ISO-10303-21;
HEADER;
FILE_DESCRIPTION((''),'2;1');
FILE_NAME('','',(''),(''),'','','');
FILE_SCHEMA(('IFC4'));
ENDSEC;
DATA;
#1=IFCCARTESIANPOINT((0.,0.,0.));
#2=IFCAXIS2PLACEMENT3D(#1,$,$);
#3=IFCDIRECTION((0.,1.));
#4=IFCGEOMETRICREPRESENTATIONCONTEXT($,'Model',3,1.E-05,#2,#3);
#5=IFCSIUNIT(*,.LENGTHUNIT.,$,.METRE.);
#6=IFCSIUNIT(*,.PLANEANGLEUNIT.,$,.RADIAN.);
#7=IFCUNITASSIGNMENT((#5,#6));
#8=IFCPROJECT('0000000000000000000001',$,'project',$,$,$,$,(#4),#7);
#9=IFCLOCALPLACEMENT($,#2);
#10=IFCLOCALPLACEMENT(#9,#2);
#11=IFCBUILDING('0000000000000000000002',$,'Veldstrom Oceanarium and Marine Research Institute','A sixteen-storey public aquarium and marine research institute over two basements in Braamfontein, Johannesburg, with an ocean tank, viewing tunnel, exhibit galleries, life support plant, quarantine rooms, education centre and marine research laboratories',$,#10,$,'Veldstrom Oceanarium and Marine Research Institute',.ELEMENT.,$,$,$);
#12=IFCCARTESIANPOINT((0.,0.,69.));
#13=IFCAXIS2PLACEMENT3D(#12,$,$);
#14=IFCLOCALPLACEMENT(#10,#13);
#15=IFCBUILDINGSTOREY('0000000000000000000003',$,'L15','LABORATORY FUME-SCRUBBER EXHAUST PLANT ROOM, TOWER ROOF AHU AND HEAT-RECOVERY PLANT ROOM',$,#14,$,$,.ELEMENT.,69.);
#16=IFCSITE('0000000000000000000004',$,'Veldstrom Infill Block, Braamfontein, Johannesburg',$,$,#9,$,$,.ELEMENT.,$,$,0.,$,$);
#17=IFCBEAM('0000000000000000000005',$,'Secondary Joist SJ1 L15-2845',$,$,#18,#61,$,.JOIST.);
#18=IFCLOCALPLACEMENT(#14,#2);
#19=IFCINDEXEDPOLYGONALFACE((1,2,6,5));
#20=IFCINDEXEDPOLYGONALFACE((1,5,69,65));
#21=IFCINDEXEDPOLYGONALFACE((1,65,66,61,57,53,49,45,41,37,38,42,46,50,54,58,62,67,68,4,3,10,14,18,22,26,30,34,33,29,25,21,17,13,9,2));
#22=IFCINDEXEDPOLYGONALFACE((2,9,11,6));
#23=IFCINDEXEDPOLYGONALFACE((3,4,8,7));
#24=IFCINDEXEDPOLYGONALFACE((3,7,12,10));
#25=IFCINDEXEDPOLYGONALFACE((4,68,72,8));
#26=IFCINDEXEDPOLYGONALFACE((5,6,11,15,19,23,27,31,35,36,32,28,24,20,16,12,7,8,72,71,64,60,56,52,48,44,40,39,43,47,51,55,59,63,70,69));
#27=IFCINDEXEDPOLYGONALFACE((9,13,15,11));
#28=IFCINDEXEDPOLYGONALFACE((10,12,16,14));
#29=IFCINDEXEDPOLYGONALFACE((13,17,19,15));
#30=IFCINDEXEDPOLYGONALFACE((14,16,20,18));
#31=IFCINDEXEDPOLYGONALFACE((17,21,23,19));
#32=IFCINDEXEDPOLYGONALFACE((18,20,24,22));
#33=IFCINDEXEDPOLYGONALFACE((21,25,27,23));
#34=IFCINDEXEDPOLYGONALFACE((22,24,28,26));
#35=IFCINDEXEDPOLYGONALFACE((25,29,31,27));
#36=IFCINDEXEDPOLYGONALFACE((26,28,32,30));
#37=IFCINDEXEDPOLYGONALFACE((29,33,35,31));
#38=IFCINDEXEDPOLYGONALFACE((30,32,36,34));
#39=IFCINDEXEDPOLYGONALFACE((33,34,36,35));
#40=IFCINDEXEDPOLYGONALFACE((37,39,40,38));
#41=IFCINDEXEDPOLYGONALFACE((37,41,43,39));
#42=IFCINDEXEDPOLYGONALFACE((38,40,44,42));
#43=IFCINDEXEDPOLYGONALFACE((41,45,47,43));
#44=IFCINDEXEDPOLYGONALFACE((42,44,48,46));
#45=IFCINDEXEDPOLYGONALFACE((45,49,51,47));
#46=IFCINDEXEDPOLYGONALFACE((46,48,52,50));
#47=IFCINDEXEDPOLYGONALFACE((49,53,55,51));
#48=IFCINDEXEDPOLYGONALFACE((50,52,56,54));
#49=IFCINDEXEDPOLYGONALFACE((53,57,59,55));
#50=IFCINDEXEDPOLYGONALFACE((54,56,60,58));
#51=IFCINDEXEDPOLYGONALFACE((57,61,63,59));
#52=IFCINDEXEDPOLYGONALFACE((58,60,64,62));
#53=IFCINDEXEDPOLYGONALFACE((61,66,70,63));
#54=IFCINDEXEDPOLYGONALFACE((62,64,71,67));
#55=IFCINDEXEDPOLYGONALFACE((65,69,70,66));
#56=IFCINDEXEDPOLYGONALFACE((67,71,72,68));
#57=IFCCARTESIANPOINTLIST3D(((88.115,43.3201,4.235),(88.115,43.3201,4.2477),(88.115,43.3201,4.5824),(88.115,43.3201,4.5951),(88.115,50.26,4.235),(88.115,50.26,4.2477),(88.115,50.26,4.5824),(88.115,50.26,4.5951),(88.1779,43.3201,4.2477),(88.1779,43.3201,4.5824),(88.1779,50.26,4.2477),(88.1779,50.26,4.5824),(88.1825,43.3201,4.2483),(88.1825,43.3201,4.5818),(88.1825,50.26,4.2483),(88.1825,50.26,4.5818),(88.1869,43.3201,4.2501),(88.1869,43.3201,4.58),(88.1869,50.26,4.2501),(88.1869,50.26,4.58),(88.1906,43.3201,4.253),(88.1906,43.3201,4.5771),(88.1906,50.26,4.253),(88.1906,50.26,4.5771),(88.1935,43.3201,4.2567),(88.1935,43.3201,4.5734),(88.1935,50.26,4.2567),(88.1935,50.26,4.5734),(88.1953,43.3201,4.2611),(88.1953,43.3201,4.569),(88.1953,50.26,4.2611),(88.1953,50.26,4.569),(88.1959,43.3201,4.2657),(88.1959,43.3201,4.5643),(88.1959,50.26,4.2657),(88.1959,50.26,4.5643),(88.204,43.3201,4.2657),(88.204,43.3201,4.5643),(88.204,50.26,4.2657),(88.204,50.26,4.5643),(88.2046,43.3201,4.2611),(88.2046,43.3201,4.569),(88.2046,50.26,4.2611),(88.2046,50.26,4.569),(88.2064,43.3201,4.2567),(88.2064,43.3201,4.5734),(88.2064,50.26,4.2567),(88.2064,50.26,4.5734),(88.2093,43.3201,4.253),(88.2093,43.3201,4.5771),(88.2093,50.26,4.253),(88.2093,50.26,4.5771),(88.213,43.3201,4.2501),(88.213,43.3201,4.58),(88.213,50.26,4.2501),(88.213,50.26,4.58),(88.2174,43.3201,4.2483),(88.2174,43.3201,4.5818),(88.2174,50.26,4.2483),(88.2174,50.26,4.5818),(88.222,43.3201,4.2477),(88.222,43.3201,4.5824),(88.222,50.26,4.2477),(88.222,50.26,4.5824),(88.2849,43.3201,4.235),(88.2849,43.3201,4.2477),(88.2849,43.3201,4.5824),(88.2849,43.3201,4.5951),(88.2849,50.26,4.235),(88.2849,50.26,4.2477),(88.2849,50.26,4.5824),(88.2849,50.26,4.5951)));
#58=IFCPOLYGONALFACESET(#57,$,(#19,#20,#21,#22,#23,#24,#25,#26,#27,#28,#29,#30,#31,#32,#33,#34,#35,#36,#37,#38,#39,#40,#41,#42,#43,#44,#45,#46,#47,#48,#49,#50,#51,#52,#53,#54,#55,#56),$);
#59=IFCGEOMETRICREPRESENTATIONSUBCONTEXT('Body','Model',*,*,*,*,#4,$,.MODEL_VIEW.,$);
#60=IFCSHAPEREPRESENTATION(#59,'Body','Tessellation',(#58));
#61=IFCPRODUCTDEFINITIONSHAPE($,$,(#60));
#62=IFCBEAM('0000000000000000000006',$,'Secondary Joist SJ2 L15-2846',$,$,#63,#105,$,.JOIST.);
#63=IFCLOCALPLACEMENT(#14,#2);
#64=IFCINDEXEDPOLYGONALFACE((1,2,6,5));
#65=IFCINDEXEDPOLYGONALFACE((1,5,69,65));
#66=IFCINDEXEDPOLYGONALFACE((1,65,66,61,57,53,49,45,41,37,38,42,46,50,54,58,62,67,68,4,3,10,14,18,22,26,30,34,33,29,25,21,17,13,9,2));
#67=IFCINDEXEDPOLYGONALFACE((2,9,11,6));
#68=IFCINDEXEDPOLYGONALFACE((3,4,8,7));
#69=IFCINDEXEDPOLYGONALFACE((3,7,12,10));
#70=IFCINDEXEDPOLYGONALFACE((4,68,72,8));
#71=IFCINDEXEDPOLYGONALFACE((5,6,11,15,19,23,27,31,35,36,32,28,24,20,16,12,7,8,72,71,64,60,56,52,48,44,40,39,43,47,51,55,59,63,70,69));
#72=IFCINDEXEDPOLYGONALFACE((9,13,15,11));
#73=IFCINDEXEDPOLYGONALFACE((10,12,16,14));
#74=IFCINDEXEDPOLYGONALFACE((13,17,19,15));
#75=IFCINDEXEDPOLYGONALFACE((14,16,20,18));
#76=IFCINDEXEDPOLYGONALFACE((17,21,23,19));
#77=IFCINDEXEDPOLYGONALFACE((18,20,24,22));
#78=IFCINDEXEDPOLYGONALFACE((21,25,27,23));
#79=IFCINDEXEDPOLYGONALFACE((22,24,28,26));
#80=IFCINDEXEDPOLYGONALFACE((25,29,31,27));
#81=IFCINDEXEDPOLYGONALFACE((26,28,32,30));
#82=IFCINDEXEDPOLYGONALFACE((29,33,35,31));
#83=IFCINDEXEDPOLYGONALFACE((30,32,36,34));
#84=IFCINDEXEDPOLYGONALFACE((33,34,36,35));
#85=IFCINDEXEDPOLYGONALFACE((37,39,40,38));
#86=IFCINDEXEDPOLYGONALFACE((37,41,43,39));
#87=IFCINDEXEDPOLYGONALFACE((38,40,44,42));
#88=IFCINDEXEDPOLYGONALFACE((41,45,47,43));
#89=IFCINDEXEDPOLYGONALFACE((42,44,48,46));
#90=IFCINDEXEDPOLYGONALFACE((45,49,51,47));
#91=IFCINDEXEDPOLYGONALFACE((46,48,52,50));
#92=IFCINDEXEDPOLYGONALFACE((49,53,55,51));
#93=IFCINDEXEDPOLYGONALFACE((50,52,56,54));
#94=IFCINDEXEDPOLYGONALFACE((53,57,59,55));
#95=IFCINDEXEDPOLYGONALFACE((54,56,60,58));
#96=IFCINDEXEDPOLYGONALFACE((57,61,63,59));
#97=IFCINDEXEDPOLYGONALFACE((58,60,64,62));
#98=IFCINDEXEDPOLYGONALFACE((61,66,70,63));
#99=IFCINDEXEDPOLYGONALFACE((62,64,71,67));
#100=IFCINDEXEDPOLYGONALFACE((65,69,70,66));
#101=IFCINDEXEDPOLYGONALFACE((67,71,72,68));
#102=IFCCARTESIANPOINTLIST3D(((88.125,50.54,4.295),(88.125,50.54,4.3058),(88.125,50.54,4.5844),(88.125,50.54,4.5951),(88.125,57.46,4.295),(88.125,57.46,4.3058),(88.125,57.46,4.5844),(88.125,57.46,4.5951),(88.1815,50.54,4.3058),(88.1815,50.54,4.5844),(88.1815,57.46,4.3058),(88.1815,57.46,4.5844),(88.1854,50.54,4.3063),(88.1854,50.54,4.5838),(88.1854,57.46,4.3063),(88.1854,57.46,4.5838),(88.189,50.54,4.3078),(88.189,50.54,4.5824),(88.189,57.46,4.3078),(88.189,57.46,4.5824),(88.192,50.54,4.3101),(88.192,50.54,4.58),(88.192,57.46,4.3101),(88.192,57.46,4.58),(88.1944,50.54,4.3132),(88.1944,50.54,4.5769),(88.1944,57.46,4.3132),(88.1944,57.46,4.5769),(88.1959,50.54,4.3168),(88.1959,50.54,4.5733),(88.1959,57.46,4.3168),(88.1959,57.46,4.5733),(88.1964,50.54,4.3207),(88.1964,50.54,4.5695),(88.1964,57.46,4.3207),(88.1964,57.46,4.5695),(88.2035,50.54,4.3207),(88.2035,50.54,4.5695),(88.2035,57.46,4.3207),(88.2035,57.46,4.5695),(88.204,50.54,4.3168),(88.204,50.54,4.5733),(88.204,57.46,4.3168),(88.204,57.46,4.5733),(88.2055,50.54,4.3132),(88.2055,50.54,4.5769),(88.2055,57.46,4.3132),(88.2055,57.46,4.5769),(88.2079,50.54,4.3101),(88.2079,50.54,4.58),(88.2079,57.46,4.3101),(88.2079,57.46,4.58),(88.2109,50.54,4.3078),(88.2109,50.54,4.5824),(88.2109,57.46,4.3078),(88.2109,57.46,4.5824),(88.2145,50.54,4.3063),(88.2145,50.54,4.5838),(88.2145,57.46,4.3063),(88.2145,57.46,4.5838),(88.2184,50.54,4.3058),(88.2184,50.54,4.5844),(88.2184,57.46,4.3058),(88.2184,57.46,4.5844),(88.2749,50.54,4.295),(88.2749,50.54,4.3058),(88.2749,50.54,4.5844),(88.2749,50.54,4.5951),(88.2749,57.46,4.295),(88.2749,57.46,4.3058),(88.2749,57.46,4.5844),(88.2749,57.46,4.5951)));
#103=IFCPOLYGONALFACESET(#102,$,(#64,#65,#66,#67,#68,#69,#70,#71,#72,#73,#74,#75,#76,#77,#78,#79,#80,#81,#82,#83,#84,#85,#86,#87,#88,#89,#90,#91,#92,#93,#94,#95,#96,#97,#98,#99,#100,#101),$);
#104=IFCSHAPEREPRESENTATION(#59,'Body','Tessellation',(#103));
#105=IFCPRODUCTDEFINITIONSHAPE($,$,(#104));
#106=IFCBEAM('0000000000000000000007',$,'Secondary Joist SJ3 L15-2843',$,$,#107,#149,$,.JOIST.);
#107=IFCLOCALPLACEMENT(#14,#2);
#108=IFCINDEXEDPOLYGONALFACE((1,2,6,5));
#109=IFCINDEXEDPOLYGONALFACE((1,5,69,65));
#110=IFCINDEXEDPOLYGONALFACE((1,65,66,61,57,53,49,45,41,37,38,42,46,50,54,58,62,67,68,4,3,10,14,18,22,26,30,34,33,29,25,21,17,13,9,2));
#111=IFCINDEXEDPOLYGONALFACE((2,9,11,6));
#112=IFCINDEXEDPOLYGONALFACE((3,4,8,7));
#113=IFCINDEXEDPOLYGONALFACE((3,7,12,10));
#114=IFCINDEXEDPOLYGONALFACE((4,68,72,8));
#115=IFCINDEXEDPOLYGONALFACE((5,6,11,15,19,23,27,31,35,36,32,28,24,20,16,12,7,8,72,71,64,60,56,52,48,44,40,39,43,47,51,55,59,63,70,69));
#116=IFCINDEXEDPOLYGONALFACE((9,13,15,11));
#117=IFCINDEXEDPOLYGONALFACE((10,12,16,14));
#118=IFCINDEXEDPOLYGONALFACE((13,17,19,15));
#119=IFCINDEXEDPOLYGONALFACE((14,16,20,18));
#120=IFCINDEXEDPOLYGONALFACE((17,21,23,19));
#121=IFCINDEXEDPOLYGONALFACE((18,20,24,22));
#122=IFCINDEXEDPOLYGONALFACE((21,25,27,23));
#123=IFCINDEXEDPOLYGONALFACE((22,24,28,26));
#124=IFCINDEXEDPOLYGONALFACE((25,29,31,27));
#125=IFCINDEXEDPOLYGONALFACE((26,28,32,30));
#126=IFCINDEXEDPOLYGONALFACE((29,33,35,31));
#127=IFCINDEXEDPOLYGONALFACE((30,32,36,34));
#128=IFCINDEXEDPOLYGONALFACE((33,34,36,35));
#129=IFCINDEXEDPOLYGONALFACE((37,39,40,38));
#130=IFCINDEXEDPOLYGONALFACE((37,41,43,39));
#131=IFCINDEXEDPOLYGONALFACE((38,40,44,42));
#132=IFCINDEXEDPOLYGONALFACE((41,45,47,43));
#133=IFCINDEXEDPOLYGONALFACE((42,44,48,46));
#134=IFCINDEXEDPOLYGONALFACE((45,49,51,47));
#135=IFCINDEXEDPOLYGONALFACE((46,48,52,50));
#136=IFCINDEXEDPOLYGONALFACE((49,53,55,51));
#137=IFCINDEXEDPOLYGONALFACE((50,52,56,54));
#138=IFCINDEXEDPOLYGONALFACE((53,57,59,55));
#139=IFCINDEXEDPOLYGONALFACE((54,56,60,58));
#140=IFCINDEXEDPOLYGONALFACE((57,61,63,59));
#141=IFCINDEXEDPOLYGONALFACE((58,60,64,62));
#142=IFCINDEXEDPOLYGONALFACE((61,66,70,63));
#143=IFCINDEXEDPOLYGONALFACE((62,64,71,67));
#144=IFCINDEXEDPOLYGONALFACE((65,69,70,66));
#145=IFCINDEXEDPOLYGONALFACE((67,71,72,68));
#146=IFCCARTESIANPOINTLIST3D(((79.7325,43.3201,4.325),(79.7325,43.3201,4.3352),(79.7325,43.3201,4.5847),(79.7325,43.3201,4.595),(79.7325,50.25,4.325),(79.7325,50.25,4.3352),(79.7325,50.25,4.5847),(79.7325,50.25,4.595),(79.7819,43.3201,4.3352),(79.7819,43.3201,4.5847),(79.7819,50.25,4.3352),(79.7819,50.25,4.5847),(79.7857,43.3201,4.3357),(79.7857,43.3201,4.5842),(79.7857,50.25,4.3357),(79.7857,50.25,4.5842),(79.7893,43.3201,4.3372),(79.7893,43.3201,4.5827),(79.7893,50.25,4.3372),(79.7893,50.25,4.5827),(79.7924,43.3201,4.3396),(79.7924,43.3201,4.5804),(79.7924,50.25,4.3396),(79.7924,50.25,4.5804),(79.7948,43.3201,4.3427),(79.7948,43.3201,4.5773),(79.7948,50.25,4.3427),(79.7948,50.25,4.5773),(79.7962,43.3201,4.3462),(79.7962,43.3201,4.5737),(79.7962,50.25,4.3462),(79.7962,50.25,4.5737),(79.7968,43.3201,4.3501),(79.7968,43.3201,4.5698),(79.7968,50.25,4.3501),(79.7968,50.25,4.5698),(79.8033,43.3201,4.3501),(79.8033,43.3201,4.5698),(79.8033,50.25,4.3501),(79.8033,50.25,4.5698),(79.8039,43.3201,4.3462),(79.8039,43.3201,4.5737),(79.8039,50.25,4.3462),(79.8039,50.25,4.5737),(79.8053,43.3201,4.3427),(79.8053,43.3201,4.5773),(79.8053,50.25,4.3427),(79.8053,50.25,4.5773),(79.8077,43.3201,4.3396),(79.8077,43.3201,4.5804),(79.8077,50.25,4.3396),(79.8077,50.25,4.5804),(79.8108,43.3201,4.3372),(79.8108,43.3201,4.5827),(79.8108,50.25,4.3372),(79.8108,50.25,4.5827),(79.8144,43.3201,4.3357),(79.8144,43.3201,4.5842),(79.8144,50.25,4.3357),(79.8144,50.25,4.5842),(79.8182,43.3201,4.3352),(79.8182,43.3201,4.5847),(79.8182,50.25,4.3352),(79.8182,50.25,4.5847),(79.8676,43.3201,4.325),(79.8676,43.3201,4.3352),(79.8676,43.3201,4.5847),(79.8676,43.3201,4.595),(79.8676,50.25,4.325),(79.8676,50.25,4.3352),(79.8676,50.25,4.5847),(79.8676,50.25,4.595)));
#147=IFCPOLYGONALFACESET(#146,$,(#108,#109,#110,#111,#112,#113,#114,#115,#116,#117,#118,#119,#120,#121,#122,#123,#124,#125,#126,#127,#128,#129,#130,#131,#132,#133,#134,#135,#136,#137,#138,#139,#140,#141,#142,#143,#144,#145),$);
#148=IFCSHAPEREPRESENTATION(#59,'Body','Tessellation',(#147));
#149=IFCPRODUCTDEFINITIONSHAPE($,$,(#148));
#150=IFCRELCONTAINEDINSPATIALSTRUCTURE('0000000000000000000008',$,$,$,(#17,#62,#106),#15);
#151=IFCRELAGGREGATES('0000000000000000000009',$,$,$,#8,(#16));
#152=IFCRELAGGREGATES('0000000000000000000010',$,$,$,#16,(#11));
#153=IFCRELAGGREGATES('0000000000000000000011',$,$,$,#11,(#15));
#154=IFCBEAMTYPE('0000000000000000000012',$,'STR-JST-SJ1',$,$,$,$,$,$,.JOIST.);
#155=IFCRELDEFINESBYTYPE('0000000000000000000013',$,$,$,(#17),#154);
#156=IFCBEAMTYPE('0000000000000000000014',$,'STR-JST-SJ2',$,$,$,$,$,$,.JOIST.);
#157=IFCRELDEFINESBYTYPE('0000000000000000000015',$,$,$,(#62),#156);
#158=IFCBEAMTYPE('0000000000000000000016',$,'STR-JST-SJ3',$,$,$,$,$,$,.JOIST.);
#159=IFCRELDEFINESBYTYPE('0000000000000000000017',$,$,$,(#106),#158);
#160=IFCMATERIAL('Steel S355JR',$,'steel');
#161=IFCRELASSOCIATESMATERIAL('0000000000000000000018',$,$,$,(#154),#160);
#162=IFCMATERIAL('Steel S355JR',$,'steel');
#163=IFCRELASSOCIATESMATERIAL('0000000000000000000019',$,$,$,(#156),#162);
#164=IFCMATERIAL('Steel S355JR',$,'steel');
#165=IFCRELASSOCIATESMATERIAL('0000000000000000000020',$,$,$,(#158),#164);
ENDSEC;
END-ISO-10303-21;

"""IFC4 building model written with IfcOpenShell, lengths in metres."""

from ifc_helpers import new_model, si_unit, direction, frame, origin, origin_2d, place, context, subcontext, project, spatial, i_section, extrude, material, material_profile, profile_set, type_object, element, save


model = new_model("IFC4")

# Units and contexts
model_context = context("Model", 3, precision=1e-05, world=origin(), true_north=direction((0.0, 1.0)))
body_context = subcontext(model_context, "Body", "Model", "MODEL_VIEW")
ifc_project = project(units=[si_unit("LENGTHUNIT", "METRE"), si_unit("PLANEANGLEUNIT", "RADIAN")], contexts=[model_context])

# Site, building, storey
site_placement = place(None, origin())
site = spatial("IfcSite", under=ifc_project, at=site_placement, Name="Veldstrom Infill Block, Braamfontein, Johannesburg", CompositionType="ELEMENT", RefElevation=0.0)
building_placement = place(site_placement, origin())
building = spatial("IfcBuilding", under=site, at=building_placement, Name="Veldstrom Oceanarium and Marine Research Institute", Description="A sixteen-storey public aquarium and marine research institute over two basements in Braamfontein, Johannesburg, with an ocean tank, viewing tunnel, exhibit galleries, life support plant, quarantine rooms, education centre and marine research laboratories", LongName="Veldstrom Oceanarium and Marine Research Institute", CompositionType="ELEMENT")
storey_placement = place(building_placement, frame((0.0, 0.0, 69.0)))
storey = spatial("IfcBuildingStorey", under=building, at=storey_placement, Name="L15", Description="LABORATORY FUME-SCRUBBER EXHAUST PLANT ROOM, TOWER ROOF AHU AND HEAT-RECOVERY PLANT ROOM", CompositionType="ELEMENT", Elevation=69.0)

# Beams
ifc_material_1 = material(Name="Steel S355JR", Category="steel")
ifc_material_profile_1 = material_profile(ifc_material_1, i_section(OverallWidth=0.1699, OverallDepth=0.3601, WebThickness=0.0081, FlangeThickness=0.0127, FilletRadius=0.0181, at=origin_2d()), Name="IPE 360")
ifc_profile_set_1 = profile_set([ifc_material_profile_1], Name="Steel S355JR")
beam_type_1 = type_object("IfcBeamType", Name="STR-JST-SJ1", PredefinedType="JOIST", material=ifc_profile_set_1)
beam_1_placement = place(storey_placement, frame((88.2, 43.3201, 4.415), z_axis=(0.0, 1.0, 0.0), x_axis=(-1.0, 0.0, 0.0)))
element("IfcBeam", 1, at=beam_1_placement, inside=storey, type_object=beam_type_1, Name="Secondary Joist SJ1 L15-2845", PredefinedType="JOIST", context=body_context, shape_type="SweptSolid", body=[
    extrude(i_section(OverallWidth=0.1699, OverallDepth=0.3601, WebThickness=0.0081, FlangeThickness=0.0127, FilletRadius=0.0181, at=origin_2d()), origin(), (0.0, 0.0, 1.0), 6.9399),
])
ifc_material_2 = material(Name="Steel S355JR", Category="steel")
ifc_material_profile_2 = material_profile(ifc_material_2, i_section(OverallWidth=0.1499, OverallDepth=0.3, WebThickness=0.0071, FlangeThickness=0.0107, FilletRadius=0.0149, at=origin_2d()), Name="IPE 300")
ifc_profile_set_2 = profile_set([ifc_material_profile_2], Name="Steel S355JR")
beam_type_2 = type_object("IfcBeamType", Name="STR-JST-SJ2", PredefinedType="JOIST", material=ifc_profile_set_2)
beam_2_placement = place(storey_placement, frame((88.2, 50.54, 4.4451), z_axis=(0.0, 1.0, 0.0), x_axis=(-1.0, 0.0, 0.0)))
element("IfcBeam", 2, at=beam_2_placement, inside=storey, type_object=beam_type_2, Name="Secondary Joist SJ2 L15-2846", PredefinedType="JOIST", context=body_context, shape_type="SweptSolid", body=[
    extrude(i_section(OverallWidth=0.1499, OverallDepth=0.3, WebThickness=0.0071, FlangeThickness=0.0107, FilletRadius=0.0149, at=origin_2d()), origin(), (0.0, 0.0, 1.0), 6.9199),
])
ifc_material_3 = material(Name="Steel S355JR", Category="steel")
ifc_material_profile_3 = material_profile(ifc_material_3, i_section(OverallWidth=0.135, OverallDepth=0.27, WebThickness=0.0066, FlangeThickness=0.0103, FilletRadius=0.0149, at=origin_2d()), Name="IPE 270")
ifc_profile_set_3 = profile_set([ifc_material_profile_3], Name="Steel S355JR")
beam_type_3 = type_object("IfcBeamType", Name="STR-JST-SJ3", PredefinedType="JOIST", material=ifc_profile_set_3)
beam_3_placement = place(storey_placement, frame((79.8, 43.3201, 4.46), z_axis=(0.0, 1.0, 0.0), x_axis=(-1.0, 0.0, 0.0)))
element("IfcBeam", 3, at=beam_3_placement, inside=storey, type_object=beam_type_3, Name="Secondary Joist SJ3 L15-2843", PredefinedType="JOIST", context=body_context, shape_type="SweptSolid", body=[
    extrude(i_section(OverallWidth=0.135, OverallDepth=0.27, WebThickness=0.0066, FlangeThickness=0.0103, FilletRadius=0.0149, at=origin_2d()), origin(), (0.0, 0.0, 1.0), 6.9299),
])

save(model, "model.ifc")
